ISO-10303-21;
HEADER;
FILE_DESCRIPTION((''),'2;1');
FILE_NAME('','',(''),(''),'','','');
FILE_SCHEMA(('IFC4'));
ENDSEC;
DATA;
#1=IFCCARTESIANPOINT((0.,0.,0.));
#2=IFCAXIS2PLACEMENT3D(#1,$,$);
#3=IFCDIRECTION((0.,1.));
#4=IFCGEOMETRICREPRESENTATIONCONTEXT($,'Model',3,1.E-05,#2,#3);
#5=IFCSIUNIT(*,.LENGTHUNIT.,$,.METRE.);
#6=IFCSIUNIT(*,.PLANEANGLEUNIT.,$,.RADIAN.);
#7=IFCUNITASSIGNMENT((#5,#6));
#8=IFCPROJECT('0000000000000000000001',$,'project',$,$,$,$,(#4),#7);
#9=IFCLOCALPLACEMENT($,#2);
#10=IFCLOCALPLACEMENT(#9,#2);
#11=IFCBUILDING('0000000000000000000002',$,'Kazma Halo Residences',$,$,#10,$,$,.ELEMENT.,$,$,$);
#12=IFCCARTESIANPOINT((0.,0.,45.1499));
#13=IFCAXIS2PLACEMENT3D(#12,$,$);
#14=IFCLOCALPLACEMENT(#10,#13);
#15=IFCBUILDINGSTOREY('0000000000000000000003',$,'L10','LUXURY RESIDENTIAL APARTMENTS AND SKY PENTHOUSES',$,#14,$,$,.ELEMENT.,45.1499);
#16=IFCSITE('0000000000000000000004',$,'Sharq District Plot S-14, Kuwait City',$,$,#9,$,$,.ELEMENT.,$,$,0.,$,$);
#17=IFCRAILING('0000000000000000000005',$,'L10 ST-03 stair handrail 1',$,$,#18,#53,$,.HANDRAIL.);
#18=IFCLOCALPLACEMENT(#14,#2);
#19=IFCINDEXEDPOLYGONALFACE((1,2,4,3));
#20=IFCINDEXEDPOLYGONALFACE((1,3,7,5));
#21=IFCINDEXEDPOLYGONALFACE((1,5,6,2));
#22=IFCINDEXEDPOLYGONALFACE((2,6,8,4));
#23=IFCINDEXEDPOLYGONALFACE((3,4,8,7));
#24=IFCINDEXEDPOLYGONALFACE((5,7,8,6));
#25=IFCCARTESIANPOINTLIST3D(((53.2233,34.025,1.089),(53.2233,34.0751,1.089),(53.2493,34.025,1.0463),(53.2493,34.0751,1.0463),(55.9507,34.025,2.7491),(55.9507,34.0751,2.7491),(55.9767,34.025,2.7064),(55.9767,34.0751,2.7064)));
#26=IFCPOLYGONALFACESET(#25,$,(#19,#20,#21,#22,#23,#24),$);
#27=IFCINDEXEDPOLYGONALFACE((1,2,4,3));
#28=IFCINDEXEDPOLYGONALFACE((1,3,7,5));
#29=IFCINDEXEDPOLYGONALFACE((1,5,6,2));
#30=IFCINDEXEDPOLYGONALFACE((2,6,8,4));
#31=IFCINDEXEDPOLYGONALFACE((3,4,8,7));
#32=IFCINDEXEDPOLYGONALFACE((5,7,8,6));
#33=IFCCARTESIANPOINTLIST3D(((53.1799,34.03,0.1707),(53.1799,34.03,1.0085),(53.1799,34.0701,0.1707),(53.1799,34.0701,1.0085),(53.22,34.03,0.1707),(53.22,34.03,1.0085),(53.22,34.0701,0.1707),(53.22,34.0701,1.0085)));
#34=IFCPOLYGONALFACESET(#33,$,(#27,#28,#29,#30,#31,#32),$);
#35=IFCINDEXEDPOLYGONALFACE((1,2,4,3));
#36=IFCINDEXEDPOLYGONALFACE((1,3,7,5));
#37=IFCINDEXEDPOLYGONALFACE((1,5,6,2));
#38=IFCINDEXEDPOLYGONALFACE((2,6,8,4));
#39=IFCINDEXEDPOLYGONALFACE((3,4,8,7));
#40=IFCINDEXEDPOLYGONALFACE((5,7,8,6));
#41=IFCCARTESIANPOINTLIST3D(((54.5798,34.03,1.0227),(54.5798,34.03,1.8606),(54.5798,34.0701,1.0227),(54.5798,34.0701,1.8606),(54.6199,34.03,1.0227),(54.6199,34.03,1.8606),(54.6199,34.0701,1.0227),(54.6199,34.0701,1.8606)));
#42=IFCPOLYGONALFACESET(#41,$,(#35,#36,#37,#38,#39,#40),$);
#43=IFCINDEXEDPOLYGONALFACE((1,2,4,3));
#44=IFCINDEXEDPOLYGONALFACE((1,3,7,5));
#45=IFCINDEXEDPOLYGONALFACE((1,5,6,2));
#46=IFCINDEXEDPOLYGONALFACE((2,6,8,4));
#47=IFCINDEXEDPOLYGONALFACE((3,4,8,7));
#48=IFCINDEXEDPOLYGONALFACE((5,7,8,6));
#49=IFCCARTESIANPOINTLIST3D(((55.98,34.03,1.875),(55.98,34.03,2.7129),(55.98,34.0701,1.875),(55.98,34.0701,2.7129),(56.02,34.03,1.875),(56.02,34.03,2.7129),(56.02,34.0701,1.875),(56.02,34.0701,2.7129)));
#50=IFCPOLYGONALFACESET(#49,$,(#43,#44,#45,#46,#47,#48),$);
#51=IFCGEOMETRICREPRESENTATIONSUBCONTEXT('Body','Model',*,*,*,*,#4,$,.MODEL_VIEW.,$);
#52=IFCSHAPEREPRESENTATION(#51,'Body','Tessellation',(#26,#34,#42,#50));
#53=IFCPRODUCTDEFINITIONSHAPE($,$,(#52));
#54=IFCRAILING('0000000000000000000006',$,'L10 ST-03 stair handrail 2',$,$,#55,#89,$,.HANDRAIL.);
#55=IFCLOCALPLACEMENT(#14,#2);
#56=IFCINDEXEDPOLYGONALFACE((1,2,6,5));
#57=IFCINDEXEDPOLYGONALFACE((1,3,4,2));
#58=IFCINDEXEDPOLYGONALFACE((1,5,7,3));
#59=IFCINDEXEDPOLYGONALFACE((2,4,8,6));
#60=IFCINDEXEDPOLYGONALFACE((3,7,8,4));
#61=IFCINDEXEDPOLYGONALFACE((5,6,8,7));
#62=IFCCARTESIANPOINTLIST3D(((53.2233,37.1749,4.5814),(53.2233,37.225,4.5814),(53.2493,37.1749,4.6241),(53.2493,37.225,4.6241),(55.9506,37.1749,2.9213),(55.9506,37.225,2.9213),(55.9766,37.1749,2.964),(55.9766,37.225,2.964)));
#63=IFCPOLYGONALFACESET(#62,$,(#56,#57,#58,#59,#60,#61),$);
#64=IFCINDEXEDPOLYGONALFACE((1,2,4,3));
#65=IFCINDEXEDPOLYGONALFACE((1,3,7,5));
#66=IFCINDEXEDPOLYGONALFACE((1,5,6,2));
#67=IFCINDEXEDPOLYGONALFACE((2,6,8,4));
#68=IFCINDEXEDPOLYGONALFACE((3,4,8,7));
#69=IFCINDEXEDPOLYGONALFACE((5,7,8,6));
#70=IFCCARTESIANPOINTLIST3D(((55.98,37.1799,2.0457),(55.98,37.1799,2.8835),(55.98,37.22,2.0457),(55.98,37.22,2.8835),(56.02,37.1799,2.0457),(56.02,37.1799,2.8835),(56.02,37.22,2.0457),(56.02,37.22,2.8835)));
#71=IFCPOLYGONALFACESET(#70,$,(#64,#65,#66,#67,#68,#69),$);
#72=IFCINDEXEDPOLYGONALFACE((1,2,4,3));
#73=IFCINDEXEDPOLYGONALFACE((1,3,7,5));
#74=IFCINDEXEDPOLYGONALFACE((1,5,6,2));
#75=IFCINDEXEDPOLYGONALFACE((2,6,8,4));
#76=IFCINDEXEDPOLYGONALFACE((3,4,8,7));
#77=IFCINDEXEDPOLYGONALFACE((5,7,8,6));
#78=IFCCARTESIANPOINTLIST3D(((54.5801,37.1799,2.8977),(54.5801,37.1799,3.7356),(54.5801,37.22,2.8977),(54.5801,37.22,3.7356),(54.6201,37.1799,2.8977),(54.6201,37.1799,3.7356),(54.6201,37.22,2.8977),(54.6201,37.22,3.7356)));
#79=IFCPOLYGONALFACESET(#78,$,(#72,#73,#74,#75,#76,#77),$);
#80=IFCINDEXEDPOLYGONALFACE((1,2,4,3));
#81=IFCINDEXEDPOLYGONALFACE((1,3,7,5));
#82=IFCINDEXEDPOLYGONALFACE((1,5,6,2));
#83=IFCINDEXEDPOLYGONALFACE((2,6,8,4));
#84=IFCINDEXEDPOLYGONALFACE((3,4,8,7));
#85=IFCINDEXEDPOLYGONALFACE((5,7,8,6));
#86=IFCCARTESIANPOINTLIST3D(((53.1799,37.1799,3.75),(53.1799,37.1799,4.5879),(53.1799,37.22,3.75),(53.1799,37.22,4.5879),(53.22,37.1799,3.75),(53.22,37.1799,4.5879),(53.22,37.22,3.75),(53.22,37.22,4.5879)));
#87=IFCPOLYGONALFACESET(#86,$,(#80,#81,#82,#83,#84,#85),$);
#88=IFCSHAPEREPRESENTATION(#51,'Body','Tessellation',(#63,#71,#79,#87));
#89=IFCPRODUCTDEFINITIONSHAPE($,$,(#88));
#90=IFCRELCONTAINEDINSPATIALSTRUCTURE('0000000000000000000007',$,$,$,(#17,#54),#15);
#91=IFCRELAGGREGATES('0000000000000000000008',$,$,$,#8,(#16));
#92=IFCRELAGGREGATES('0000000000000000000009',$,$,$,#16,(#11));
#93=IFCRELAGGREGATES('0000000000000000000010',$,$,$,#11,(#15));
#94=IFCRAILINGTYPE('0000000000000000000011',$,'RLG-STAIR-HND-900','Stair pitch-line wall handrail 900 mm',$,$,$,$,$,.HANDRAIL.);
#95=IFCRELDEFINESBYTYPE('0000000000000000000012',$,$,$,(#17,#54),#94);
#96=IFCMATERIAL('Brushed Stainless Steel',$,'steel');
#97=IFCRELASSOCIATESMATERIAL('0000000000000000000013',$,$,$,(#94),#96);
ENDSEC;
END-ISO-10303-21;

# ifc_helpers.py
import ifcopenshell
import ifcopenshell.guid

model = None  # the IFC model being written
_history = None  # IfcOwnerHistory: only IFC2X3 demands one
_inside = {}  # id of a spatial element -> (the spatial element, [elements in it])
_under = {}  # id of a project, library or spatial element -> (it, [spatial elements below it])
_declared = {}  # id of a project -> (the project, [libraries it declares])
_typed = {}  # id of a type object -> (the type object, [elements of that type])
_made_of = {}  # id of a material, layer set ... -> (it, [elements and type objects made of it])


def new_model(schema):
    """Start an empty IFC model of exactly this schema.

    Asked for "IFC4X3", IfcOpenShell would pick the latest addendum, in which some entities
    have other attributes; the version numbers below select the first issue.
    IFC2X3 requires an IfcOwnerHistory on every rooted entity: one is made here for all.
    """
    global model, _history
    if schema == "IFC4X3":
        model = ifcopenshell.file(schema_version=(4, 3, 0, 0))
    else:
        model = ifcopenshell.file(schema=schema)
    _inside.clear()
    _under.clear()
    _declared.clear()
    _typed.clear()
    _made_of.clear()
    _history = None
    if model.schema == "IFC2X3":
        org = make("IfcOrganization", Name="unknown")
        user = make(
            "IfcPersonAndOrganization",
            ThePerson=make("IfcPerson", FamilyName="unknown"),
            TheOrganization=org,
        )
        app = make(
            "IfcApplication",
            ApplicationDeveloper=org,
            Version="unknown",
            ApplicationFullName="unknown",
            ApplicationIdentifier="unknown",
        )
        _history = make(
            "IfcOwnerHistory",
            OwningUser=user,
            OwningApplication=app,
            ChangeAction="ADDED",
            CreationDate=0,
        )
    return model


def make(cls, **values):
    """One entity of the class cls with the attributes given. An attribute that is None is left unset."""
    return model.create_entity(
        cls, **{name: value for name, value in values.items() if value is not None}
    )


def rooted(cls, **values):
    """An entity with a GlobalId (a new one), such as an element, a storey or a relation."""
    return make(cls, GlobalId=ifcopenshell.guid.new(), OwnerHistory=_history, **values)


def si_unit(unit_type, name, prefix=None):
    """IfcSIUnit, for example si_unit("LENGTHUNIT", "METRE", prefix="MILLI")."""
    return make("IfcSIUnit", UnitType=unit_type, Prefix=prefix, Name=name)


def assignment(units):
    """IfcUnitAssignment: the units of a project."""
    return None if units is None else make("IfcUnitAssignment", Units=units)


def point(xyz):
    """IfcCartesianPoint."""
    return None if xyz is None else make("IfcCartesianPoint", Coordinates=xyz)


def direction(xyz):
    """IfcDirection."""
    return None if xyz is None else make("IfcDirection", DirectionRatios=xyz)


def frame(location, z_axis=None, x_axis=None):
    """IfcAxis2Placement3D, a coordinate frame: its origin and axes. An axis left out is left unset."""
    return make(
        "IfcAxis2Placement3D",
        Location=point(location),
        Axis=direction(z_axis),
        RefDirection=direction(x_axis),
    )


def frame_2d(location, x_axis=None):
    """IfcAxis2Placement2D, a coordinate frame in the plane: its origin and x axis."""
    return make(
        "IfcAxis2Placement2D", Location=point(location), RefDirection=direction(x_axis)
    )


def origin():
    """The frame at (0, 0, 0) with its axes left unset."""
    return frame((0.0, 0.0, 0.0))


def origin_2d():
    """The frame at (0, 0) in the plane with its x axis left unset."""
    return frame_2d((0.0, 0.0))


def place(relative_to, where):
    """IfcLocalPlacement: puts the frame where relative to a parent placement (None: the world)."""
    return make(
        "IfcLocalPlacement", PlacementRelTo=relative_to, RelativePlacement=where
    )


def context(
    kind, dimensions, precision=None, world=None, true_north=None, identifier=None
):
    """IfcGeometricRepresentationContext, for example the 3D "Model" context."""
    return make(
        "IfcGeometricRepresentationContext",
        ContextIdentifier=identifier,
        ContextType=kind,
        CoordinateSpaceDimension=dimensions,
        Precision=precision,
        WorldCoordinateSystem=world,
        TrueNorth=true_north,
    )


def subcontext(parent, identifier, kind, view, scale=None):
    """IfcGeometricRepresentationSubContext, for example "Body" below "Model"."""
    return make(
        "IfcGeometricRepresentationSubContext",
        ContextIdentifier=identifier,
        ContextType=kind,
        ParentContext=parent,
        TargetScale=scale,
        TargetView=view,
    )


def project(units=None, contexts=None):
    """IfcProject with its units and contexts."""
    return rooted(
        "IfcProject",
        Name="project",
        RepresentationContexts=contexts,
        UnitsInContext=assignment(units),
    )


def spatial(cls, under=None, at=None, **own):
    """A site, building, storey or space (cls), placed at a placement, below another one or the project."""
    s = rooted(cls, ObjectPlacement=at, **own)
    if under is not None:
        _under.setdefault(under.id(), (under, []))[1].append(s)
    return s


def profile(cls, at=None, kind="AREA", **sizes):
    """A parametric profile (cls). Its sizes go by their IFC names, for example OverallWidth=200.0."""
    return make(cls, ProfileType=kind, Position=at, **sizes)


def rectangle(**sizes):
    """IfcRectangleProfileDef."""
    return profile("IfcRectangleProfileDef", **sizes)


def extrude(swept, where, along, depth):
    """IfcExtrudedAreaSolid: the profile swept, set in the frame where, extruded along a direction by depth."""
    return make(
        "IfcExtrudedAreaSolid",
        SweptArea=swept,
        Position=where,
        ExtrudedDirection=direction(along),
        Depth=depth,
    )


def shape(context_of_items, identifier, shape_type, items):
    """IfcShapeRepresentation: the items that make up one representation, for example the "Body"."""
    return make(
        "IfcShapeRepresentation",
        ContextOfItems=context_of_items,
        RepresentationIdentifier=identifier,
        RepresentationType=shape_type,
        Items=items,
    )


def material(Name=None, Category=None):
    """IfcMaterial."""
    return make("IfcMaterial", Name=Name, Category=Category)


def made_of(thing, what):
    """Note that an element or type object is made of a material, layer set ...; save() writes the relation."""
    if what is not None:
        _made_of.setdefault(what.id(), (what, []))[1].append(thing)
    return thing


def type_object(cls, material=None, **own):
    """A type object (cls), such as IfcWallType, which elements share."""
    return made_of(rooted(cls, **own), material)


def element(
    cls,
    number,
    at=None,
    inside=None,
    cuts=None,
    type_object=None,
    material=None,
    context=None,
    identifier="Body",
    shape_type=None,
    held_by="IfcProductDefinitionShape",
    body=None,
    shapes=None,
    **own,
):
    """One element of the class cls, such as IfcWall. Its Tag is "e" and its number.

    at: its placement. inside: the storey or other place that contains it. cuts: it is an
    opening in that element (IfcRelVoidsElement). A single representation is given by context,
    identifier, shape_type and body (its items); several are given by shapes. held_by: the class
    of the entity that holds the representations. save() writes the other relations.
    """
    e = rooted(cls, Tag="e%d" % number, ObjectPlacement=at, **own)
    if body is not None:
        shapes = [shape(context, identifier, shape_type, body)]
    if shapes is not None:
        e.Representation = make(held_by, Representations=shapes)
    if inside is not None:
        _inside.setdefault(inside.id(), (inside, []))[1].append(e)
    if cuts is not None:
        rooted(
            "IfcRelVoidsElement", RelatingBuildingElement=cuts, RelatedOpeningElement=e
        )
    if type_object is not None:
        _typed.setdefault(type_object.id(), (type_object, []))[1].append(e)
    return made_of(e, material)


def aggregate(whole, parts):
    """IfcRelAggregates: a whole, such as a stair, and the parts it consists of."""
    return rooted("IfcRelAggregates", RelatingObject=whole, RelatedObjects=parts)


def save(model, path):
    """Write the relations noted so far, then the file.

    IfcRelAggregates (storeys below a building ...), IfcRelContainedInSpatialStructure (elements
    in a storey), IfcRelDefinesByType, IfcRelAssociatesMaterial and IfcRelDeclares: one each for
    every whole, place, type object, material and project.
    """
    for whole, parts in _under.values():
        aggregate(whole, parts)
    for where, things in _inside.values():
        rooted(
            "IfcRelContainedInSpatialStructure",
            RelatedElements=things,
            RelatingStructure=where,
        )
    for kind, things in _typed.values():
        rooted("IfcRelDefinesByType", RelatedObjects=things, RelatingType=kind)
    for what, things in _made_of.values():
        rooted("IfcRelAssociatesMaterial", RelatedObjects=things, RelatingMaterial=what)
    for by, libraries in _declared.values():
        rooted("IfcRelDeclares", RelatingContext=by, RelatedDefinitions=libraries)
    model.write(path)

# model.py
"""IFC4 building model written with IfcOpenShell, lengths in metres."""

from ifc_helpers import new_model, si_unit, direction, frame, origin, origin_2d, place, context, subcontext, project, spatial, rectangle, extrude, material, type_object, element, save


model = new_model("IFC4")

# Units and contexts
model_context = context("Model", 3, precision=1e-05, world=origin(), true_north=direction((0.0, 1.0)))
body_context = subcontext(model_context, "Body", "Model", "MODEL_VIEW")
ifc_project = project(units=[si_unit("LENGTHUNIT", "METRE"), si_unit("PLANEANGLEUNIT", "RADIAN")], contexts=[model_context])

# Site, building, storey
site_placement = place(None, origin())
site = spatial("IfcSite", under=ifc_project, at=site_placement, Name="Sharq District Plot S-14, Kuwait City", CompositionType="ELEMENT", RefElevation=0.0)
building_placement = place(site_placement, origin())
building = spatial("IfcBuilding", under=site, at=building_placement, Name="Kazma Halo Residences", CompositionType="ELEMENT")
storey_placement = place(building_placement, frame((0.0, 0.0, 45.1499)))
storey = spatial("IfcBuildingStorey", under=building, at=storey_placement, Name="L10", Description="LUXURY RESIDENTIAL APARTMENTS AND SKY PENTHOUSES", CompositionType="ELEMENT", Elevation=45.1499)

# Railings
ifc_material_1 = material(Name="Brushed Stainless Steel", Category="steel")
railing_type_1 = type_object("IfcRailingType", Name="RLG-STAIR-HND-900", Description="Stair pitch-line wall handrail 900 mm", PredefinedType="HANDRAIL", material=ifc_material_1)
railing_1_placement = place(storey_placement, frame((53.2, 34.05, 0.1707)))
element("IfcRailing", 1, at=railing_1_placement, inside=storey, type_object=railing_type_1, Name="L10 ST-03 stair handrail 1", PredefinedType="HANDRAIL", context=body_context, shape_type="SweptSolid", body=[
    extrude(rectangle(XDim=0.05, YDim=0.05, at=origin_2d()), frame((0.0364, 0.0, 0.897), z_axis=(0.854203, 0.0, 0.51994), x_axis=(0.0, 1.0, 0.0)), (0.0, 0.0, 1.0), 3.1929),
    extrude(rectangle(XDim=0.04, YDim=0.04, at=origin_2d()), origin(), (0.0, 0.0, 1.0), 0.8379),
    extrude(rectangle(XDim=0.04, YDim=0.04, at=origin_2d()), frame((1.3999, 0.0, 0.8521)), (0.0, 0.0, 1.0), 0.8379),
    extrude(rectangle(XDim=0.04, YDim=0.04, at=origin_2d()), frame((2.8, 0.0, 1.7043)), (0.0, 0.0, 1.0), 0.8379),
])
railing_2_placement = place(storey_placement, frame((56.0, 37.2, 2.0457)))
element("IfcRailing", 2, at=railing_2_placement, inside=storey, type_object=railing_type_1, Name="L10 ST-03 stair handrail 2", PredefinedType="HANDRAIL", context=body_context, shape_type="SweptSolid", body=[
    extrude(rectangle(XDim=0.05, YDim=0.05, at=origin_2d()), frame((-0.0364, 0.0, 0.897), z_axis=(-0.854203, 0.0, 0.51994), x_axis=(0.0, -1.0, 0.0)), (0.0, 0.0, 1.0), 3.1929),
    extrude(rectangle(XDim=0.04, YDim=0.04, at=origin_2d()), origin(), (0.0, 0.0, 1.0), 0.8379),
    extrude(rectangle(XDim=0.04, YDim=0.04, at=origin_2d()), frame((-1.3999, 0.0, 0.8521)), (0.0, 0.0, 1.0), 0.8379),
    extrude(rectangle(XDim=0.04, YDim=0.04, at=origin_2d()), frame((-2.8, 0.0, 1.7043)), (0.0, 0.0, 1.0), 0.8379),
])

save(model, "model.ifc")
